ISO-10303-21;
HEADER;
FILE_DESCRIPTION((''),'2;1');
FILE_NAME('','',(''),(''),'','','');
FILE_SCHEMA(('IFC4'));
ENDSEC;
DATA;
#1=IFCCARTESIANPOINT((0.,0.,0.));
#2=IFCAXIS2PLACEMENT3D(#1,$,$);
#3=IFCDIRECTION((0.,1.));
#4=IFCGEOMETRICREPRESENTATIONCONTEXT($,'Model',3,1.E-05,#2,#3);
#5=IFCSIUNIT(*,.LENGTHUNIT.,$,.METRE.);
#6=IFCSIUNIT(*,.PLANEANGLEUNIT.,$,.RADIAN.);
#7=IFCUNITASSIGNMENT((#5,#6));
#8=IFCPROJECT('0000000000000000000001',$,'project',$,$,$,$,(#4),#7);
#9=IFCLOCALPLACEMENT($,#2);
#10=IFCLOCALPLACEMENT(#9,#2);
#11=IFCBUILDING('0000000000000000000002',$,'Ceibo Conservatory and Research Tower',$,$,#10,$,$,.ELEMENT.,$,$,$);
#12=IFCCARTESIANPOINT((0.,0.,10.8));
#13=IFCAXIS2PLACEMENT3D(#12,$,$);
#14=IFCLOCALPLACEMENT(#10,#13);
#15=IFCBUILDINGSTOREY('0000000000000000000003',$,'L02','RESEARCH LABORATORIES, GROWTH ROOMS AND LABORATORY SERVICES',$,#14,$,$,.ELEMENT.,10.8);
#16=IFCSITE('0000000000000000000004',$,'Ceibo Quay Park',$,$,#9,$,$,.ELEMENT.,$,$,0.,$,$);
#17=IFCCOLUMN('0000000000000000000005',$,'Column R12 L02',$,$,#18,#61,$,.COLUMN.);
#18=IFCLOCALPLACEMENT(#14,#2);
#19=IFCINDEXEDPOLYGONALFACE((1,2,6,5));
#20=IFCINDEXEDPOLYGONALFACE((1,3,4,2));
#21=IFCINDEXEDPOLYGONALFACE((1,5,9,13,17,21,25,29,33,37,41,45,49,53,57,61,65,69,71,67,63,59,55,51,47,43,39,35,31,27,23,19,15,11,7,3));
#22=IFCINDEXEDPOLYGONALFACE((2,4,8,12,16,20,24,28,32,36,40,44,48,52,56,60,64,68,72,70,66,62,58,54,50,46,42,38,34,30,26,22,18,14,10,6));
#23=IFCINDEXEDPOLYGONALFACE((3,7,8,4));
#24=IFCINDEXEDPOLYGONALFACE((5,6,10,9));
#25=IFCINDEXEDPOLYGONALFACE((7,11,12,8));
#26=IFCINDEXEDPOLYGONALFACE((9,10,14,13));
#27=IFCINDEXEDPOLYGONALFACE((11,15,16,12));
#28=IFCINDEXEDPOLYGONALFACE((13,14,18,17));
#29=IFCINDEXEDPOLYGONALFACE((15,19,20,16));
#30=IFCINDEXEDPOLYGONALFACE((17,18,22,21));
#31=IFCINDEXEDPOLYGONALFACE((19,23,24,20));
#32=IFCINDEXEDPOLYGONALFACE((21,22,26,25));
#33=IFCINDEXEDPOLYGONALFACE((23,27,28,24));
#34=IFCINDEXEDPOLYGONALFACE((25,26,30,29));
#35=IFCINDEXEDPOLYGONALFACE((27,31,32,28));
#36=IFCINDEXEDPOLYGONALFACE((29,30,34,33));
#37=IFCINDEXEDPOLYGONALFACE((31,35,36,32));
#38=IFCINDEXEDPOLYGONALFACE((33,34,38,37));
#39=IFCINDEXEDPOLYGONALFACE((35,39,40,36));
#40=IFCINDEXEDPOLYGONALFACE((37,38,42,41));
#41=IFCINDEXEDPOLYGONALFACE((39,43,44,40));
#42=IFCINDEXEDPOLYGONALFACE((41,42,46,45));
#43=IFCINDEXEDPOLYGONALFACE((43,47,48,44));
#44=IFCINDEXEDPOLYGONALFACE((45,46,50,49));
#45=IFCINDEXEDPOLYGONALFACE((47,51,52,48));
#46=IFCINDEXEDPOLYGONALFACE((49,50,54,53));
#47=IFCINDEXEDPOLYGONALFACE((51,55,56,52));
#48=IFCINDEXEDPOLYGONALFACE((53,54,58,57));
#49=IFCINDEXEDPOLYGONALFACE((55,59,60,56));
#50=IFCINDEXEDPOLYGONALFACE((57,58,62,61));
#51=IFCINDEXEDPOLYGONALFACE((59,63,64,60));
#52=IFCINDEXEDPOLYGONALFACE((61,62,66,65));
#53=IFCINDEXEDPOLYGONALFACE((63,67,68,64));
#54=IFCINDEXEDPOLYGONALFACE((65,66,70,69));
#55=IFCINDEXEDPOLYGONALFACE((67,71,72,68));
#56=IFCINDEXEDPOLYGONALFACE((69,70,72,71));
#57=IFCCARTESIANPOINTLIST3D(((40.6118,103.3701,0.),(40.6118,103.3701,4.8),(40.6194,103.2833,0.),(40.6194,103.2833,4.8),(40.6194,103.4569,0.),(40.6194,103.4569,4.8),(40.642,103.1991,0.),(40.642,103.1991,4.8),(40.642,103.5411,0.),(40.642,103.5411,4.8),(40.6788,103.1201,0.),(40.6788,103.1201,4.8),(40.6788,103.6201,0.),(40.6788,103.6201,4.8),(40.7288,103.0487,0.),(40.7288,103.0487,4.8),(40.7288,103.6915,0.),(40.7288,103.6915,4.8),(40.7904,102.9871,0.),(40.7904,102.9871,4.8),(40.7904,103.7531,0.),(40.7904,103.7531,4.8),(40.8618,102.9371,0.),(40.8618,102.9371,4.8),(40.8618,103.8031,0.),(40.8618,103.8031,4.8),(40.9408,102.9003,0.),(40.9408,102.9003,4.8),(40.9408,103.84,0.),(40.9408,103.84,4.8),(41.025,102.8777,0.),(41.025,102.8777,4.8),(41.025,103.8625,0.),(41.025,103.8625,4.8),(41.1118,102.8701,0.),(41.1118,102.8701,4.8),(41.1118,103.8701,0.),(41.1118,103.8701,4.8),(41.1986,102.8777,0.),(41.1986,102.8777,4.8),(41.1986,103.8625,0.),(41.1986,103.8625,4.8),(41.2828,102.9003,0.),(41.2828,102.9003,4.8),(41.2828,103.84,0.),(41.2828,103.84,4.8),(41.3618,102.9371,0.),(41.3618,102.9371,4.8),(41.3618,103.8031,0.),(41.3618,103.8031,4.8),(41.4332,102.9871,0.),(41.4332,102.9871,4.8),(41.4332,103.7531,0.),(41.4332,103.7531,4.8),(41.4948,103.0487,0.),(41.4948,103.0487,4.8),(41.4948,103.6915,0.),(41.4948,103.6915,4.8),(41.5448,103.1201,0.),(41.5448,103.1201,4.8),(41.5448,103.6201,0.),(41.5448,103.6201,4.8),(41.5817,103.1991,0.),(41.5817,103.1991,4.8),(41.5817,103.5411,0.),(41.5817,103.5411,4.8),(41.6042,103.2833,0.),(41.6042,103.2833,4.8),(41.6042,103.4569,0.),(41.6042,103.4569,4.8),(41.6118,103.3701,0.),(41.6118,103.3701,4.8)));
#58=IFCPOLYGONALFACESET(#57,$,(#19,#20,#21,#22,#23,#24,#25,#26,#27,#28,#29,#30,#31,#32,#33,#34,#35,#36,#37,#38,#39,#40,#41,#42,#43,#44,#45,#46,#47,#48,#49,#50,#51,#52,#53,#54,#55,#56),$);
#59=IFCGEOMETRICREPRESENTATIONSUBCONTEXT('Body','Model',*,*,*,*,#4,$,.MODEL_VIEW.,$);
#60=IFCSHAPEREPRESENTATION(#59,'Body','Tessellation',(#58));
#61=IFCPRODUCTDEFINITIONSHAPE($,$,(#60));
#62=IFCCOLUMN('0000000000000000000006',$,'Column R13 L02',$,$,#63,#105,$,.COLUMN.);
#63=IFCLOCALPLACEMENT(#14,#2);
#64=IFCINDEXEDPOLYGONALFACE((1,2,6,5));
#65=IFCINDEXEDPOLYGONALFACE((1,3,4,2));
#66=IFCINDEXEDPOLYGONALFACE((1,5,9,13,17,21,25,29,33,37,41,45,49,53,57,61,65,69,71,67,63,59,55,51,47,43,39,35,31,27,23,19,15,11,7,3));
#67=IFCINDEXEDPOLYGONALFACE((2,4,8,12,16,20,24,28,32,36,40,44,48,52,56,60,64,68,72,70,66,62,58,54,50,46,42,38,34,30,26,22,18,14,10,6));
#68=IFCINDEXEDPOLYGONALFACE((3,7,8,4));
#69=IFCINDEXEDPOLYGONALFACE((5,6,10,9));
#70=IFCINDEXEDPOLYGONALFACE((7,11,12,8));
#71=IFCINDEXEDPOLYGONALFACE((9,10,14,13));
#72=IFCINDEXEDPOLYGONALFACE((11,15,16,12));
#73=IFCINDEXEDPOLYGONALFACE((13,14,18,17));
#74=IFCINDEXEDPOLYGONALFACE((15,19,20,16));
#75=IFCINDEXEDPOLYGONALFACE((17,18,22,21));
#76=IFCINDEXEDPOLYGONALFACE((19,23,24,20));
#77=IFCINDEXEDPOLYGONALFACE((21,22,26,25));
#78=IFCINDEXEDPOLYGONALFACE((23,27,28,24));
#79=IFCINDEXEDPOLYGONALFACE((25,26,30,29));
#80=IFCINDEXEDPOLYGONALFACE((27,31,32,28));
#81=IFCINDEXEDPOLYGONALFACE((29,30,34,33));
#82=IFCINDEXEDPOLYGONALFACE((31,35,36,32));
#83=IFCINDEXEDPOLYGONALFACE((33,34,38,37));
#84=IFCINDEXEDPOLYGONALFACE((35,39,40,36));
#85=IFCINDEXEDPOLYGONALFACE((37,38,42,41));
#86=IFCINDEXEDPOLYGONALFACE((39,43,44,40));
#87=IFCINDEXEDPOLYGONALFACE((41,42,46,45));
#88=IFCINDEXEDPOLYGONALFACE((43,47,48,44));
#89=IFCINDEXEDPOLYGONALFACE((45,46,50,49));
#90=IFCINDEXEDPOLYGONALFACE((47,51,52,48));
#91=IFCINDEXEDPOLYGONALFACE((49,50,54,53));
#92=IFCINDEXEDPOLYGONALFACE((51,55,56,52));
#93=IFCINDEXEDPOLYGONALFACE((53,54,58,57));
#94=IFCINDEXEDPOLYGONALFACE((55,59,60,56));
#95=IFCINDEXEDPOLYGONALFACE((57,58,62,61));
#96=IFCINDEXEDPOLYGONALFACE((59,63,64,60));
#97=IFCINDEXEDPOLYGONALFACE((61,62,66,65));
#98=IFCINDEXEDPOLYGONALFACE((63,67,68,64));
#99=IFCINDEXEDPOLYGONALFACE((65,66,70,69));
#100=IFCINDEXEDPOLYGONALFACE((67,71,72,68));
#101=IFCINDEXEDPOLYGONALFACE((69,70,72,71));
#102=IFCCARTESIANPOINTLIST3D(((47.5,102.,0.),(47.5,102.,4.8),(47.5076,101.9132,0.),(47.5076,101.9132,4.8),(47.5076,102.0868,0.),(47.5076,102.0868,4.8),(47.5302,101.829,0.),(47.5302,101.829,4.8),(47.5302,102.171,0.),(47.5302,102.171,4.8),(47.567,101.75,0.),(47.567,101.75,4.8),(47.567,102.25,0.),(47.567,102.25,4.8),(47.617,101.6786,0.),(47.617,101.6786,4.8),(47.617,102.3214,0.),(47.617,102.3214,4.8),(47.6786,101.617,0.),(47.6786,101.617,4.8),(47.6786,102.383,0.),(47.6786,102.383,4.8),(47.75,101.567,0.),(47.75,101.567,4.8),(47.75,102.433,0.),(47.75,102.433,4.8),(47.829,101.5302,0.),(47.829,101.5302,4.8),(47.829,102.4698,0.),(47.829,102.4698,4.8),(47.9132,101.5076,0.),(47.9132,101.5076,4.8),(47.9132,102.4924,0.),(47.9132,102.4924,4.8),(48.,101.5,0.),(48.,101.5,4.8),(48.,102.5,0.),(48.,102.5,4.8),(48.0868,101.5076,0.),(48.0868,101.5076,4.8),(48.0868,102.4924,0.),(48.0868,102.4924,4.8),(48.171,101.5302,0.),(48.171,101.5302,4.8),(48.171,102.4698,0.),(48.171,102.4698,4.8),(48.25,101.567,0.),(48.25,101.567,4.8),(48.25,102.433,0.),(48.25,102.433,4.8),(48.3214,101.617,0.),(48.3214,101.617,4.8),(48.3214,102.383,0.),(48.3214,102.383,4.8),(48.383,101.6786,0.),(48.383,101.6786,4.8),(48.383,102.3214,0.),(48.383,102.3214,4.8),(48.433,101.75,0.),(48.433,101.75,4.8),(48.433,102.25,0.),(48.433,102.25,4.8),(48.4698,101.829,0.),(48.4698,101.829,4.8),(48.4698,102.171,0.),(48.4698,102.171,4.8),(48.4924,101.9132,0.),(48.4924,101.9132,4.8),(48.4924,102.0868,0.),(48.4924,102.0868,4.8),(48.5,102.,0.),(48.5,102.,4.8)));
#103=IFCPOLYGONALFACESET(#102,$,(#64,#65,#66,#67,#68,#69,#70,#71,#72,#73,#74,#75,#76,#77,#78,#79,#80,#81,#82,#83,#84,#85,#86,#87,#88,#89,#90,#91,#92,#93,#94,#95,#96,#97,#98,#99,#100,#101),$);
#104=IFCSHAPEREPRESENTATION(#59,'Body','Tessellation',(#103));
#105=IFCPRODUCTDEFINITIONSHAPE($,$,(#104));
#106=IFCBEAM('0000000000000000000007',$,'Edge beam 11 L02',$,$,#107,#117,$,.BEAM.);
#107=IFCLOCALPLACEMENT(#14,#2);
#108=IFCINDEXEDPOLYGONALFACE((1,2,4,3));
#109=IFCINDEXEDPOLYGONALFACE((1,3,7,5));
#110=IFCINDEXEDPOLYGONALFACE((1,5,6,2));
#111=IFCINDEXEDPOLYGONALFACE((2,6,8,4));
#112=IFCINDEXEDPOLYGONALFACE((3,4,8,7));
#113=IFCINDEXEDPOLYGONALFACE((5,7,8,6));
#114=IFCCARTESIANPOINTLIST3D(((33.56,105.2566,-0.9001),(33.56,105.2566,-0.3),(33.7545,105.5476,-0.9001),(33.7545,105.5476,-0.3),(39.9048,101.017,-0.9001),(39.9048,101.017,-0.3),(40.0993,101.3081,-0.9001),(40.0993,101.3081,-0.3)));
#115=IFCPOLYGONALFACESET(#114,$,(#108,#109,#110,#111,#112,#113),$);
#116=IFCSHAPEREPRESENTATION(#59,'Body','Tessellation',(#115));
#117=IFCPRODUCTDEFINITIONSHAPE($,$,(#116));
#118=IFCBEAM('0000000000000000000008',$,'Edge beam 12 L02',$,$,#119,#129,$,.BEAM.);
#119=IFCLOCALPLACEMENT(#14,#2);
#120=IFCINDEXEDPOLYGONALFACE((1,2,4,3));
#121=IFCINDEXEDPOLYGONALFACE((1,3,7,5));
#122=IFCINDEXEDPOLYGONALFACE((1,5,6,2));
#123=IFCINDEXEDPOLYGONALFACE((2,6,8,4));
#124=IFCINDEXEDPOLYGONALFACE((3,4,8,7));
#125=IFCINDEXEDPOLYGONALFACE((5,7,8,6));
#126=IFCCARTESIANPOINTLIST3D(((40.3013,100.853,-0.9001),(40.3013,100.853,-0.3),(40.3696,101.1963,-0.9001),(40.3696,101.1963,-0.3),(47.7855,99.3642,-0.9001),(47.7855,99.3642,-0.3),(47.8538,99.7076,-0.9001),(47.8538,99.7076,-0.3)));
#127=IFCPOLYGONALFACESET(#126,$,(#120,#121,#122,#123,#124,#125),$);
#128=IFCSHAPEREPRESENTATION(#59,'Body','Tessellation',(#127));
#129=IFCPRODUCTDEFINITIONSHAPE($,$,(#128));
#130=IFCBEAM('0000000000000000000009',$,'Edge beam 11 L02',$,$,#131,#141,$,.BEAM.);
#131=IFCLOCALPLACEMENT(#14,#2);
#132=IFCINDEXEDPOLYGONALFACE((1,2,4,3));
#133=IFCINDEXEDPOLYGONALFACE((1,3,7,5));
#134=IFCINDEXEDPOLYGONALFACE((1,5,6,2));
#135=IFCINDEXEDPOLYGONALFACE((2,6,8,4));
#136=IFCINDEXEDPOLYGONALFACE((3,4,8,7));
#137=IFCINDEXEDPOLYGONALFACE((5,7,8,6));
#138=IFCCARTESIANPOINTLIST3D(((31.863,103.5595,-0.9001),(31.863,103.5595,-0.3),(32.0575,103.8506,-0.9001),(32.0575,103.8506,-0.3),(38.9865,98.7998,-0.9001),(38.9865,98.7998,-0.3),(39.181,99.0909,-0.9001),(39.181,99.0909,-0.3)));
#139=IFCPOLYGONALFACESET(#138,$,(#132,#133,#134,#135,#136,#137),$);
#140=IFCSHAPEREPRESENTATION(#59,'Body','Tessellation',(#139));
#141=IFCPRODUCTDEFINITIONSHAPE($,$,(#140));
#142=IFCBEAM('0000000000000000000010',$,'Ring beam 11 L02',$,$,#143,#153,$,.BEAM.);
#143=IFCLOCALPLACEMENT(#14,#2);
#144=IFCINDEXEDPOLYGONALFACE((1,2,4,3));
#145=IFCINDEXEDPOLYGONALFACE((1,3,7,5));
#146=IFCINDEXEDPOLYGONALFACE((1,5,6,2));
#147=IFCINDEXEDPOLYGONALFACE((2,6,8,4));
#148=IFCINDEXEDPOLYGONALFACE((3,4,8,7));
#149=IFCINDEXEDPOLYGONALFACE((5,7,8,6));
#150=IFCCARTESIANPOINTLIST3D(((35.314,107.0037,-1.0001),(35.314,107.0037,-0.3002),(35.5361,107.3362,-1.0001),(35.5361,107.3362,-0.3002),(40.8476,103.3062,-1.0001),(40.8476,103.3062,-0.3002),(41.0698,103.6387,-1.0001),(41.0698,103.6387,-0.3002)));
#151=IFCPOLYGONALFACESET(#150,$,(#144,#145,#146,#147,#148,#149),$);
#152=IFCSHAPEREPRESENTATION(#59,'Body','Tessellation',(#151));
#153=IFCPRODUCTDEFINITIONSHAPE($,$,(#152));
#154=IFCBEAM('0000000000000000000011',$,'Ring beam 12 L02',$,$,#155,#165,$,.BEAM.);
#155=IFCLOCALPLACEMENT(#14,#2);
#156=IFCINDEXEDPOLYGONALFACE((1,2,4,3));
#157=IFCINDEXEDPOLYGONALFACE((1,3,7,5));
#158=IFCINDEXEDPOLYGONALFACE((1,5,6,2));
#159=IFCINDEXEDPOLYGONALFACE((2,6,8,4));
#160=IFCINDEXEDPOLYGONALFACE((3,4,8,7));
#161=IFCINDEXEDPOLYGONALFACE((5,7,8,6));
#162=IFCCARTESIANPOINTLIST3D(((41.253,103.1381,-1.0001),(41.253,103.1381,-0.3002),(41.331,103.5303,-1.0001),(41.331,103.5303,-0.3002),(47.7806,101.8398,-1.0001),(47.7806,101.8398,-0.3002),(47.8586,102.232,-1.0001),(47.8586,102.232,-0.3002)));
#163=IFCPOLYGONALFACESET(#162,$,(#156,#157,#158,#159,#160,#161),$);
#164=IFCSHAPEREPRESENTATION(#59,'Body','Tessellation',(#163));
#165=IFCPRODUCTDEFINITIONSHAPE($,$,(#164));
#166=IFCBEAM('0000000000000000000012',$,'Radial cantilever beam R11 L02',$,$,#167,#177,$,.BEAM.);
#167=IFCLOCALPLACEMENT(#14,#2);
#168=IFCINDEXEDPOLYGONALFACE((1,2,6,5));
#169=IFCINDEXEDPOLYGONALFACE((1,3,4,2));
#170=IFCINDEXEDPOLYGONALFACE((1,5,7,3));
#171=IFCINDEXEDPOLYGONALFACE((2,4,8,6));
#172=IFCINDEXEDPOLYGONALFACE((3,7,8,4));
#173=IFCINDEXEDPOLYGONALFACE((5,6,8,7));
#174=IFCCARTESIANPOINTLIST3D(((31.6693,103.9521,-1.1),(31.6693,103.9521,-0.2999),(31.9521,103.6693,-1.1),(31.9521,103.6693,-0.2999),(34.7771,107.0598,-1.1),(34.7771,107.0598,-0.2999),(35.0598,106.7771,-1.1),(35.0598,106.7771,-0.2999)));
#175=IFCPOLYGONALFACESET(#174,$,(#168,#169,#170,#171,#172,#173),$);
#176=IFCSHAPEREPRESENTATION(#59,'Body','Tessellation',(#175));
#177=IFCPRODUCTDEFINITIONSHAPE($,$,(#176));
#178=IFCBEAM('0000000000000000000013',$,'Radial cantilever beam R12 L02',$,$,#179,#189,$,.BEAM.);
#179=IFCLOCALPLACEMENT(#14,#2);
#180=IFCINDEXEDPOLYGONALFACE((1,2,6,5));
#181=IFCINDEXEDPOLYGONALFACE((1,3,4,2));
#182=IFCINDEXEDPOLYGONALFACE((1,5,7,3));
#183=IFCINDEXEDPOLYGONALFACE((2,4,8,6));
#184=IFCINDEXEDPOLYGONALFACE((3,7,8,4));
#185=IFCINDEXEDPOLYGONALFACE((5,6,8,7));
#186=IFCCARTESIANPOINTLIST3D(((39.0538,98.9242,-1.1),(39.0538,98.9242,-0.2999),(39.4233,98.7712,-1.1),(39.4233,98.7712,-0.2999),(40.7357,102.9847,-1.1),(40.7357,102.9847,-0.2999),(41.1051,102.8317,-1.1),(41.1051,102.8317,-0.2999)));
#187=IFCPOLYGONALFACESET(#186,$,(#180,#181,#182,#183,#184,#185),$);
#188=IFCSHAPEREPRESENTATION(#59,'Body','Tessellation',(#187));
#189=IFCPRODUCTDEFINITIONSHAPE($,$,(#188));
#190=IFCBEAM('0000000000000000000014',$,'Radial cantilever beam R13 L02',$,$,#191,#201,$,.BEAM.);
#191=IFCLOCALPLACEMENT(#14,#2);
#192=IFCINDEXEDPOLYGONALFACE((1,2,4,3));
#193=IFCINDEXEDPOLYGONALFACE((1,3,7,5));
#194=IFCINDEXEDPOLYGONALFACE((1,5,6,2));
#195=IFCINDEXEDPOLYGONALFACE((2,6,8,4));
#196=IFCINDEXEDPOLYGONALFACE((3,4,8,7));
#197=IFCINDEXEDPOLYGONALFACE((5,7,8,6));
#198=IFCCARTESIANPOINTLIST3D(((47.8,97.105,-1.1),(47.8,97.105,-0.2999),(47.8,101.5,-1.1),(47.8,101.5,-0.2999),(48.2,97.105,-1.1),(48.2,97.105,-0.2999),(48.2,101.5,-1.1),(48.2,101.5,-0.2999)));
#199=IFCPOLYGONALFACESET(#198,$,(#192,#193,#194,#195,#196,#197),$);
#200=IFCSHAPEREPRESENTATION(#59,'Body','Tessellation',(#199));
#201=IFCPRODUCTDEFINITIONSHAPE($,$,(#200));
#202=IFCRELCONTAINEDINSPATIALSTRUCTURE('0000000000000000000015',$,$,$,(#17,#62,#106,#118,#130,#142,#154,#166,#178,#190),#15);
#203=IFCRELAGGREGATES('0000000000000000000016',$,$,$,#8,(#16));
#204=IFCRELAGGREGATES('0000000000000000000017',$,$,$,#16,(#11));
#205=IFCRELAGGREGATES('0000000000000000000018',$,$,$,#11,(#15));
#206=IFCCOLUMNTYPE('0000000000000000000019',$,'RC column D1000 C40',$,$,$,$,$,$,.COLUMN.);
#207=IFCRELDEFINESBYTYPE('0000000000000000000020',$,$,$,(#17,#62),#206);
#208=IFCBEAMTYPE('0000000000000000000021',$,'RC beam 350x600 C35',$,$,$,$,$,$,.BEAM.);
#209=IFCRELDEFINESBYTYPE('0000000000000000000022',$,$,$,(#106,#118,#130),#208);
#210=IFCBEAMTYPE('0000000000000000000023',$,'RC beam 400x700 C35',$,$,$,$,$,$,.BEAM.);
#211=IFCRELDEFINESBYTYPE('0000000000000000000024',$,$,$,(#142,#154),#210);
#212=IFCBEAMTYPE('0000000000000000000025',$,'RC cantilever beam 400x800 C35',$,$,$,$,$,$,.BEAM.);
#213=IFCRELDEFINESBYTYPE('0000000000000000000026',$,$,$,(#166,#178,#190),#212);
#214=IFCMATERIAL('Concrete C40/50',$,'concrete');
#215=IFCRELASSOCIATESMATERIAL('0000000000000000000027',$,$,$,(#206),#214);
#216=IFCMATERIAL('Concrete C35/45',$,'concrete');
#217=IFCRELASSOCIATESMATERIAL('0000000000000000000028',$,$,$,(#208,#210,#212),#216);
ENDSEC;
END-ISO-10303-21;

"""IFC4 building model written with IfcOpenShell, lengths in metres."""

from ifc_helpers import new_model, si_unit, direction, frame, origin, origin_2d, place, context, subcontext, project, spatial, rectangle, circle, extrude, material, material_profile, profile_set, type_object, element, save


model = new_model("IFC4")

# Units and contexts
model_context = context("Model", 3, precision=1e-05, world=origin(), true_north=direction((0.0, 1.0)))
body_context = subcontext(model_context, "Body", "Model", "MODEL_VIEW")
ifc_project = project(units=[si_unit("LENGTHUNIT", "METRE"), si_unit("PLANEANGLEUNIT", "RADIAN")], contexts=[model_context])

# Site, building, storey
site_placement = place(None, origin())
site = spatial("IfcSite", under=ifc_project, at=site_placement, Name="Ceibo Quay Park", CompositionType="ELEMENT", RefElevation=0.0)
building_placement = place(site_placement, origin())
building = spatial("IfcBuilding", under=site, at=building_placement, Name="Ceibo Conservatory and Research Tower", CompositionType="ELEMENT")
storey_placement = place(building_placement, frame((0.0, 0.0, 10.8)))
storey = spatial("IfcBuildingStorey", under=building, at=storey_placement, Name="L02", Description="RESEARCH LABORATORIES, GROWTH ROOMS AND LABORATORY SERVICES", CompositionType="ELEMENT", Elevation=10.8)

# Columns
ifc_material_1 = material(Name="Concrete C40/50", Category="concrete")
ifc_material_profile_1 = material_profile(ifc_material_1, circle(Radius=0.5, at=origin_2d()), Name="RC D1000")
ifc_profile_set_1 = profile_set([ifc_material_profile_1], Name="Concrete C40/50")
column_type = type_object("IfcColumnType", Name="RC column D1000 C40", PredefinedType="COLUMN", material=ifc_profile_set_1)
for number, where, z_axis, x_axis, name in (
    (1, (41.1118, 103.3701, 0.0), (0.0, 0.0, 1.0), (1.0, 0.0, 0.0), "Column R12 L02"),
    (2, (48.0, 102.0, 0.0), (0.0, 0.0, 1.0), (1.0, 0.0, 0.0), "Column R13 L02"),
):
    element("IfcColumn", number, at=place(storey_placement, frame(where, z_axis=z_axis, x_axis=x_axis)), inside=storey, type_object=column_type, Name=name, PredefinedType="COLUMN", context=body_context, shape_type="SweptSolid", body=[
        extrude(circle(Radius=0.5, at=origin_2d()), origin(), (0.0, 0.0, 1.0), 4.8),
    ])

# Beams
ifc_material_2 = material(Name="Concrete C35/45", Category="concrete")
ifc_material_profile_2 = material_profile(ifc_material_2, rectangle(XDim=0.3501, YDim=0.6001, at=origin_2d()), Name="RC 350x600")
ifc_profile_set_2 = profile_set([ifc_material_profile_2], Name="Concrete C35/45")
beam_type_1 = type_object("IfcBeamType", Name="RC beam 350x600 C35", PredefinedType="BEAM", material=ifc_profile_set_2)
for number, where, z_axis, x_axis, name in (
    (3, (33.6572, 105.4021, -0.6001), (0.831464, -0.555578, 0.0), (0.555578, 0.831464, 0.0), "Edge beam 11 L02"),
    (4, (40.3354, 101.0247, -0.6001), (0.980783, -0.195101, 0.0), (0.195101, 0.980783, 0.0), "Edge beam 12 L02"),
):
    element("IfcBeam", number, at=place(storey_placement, frame(where, z_axis=z_axis, x_axis=x_axis)), inside=storey, type_object=beam_type_1, Name=name, PredefinedType="BEAM", context=body_context, shape_type="SweptSolid", body=[
        extrude(rectangle(XDim=0.3501, YDim=0.6001, at=origin_2d()), origin(), (0.0, 0.0, 1.0), 7.6309),
    ])
beam_1_placement = place(storey_placement, frame((31.9602, 103.7051, -0.6001), z_axis=(0.831471, -0.555568, 0.0), x_axis=(0.555568, 0.831471, 0.0)))
element("IfcBeam", 5, at=beam_1_placement, inside=storey, type_object=beam_type_1, Name="Edge beam 11 L02", PredefinedType="BEAM", context=body_context, shape_type="SweptSolid", body=[
    extrude(rectangle(XDim=0.3501, YDim=0.6001, at=origin_2d()), origin(), (0.0, 0.0, 1.0), 8.5674),
])
ifc_material_profile_3 = material_profile(ifc_material_2, rectangle(XDim=0.3999, YDim=0.7, at=origin_2d()), Name="RC 400x700")
ifc_profile_set_3 = profile_set([ifc_material_profile_3], Name="Concrete C35/45")
beam_type_2 = type_object("IfcBeamType", Name="RC beam 400x700 C35", PredefinedType="BEAM", material=ifc_profile_set_3)
beam_2_placement = place(storey_placement, frame((35.425, 107.1699, -0.6501), z_axis=(0.831469, -0.555572, 0.0), x_axis=(0.555572, 0.831469, 0.0)))
element("IfcBeam", 6, at=beam_2_placement, inside=storey, type_object=beam_type_2, Name="Ring beam 11 L02", PredefinedType="BEAM", context=body_context, shape_type="SweptSolid", body=[
    extrude(rectangle(XDim=0.3999, YDim=0.7, at=origin_2d()), origin(), (0.0, 0.0, 1.0), 6.6553),
])
beam_3_placement = place(storey_placement, frame((41.292, 103.3342, -0.6501), z_axis=(0.980788, -0.195079, 0.0), x_axis=(0.195079, 0.980788, 0.0)))
element("IfcBeam", 7, at=beam_3_placement, inside=storey, type_object=beam_type_2, Name="Ring beam 12 L02", PredefinedType="BEAM", context=body_context, shape_type="SweptSolid", body=[
    extrude(rectangle(XDim=0.3999, YDim=0.7, at=origin_2d()), origin(), (0.0, 0.0, 1.0), 6.6555),
])
ifc_material_profile_4 = material_profile(ifc_material_2, rectangle(XDim=0.3999, YDim=0.8, at=origin_2d()), Name="RC 400x800")
ifc_profile_set_4 = profile_set([ifc_material_profile_4], Name="Concrete C35/45")
beam_type_3 = type_object("IfcBeamType", Name="RC cantilever beam 400x800 C35", PredefinedType="BEAM", material=ifc_profile_set_4)
for number, where, z_axis, x_axis, name in (
    (8, (34.9185, 106.9185, -0.7), (-0.707107, -0.707107, 0.0), (0.707107, -0.707107, 0.0), "Radial cantilever beam R11 L02"),
    (9, (40.9204, 102.9082, -0.7), (-0.382674, -0.923883, 0.0), (0.923883, -0.382674, 0.0), "Radial cantilever beam R12 L02"),
    (10, (48.0, 101.5, -0.7), (0.0, -1.0, 0.0), (1.0, 0.0, 0.0), "Radial cantilever beam R13 L02"),
):
    element("IfcBeam", number, at=place(storey_placement, frame(where, z_axis=z_axis, x_axis=x_axis)), inside=storey, type_object=beam_type_3, Name=name, PredefinedType="BEAM", context=body_context, shape_type="SweptSolid", body=[
        extrude(rectangle(XDim=0.3999, YDim=0.8, at=origin_2d()), origin(), (0.0, 0.0, 1.0), 4.395),
    ])

save(model, "model.ifc")
